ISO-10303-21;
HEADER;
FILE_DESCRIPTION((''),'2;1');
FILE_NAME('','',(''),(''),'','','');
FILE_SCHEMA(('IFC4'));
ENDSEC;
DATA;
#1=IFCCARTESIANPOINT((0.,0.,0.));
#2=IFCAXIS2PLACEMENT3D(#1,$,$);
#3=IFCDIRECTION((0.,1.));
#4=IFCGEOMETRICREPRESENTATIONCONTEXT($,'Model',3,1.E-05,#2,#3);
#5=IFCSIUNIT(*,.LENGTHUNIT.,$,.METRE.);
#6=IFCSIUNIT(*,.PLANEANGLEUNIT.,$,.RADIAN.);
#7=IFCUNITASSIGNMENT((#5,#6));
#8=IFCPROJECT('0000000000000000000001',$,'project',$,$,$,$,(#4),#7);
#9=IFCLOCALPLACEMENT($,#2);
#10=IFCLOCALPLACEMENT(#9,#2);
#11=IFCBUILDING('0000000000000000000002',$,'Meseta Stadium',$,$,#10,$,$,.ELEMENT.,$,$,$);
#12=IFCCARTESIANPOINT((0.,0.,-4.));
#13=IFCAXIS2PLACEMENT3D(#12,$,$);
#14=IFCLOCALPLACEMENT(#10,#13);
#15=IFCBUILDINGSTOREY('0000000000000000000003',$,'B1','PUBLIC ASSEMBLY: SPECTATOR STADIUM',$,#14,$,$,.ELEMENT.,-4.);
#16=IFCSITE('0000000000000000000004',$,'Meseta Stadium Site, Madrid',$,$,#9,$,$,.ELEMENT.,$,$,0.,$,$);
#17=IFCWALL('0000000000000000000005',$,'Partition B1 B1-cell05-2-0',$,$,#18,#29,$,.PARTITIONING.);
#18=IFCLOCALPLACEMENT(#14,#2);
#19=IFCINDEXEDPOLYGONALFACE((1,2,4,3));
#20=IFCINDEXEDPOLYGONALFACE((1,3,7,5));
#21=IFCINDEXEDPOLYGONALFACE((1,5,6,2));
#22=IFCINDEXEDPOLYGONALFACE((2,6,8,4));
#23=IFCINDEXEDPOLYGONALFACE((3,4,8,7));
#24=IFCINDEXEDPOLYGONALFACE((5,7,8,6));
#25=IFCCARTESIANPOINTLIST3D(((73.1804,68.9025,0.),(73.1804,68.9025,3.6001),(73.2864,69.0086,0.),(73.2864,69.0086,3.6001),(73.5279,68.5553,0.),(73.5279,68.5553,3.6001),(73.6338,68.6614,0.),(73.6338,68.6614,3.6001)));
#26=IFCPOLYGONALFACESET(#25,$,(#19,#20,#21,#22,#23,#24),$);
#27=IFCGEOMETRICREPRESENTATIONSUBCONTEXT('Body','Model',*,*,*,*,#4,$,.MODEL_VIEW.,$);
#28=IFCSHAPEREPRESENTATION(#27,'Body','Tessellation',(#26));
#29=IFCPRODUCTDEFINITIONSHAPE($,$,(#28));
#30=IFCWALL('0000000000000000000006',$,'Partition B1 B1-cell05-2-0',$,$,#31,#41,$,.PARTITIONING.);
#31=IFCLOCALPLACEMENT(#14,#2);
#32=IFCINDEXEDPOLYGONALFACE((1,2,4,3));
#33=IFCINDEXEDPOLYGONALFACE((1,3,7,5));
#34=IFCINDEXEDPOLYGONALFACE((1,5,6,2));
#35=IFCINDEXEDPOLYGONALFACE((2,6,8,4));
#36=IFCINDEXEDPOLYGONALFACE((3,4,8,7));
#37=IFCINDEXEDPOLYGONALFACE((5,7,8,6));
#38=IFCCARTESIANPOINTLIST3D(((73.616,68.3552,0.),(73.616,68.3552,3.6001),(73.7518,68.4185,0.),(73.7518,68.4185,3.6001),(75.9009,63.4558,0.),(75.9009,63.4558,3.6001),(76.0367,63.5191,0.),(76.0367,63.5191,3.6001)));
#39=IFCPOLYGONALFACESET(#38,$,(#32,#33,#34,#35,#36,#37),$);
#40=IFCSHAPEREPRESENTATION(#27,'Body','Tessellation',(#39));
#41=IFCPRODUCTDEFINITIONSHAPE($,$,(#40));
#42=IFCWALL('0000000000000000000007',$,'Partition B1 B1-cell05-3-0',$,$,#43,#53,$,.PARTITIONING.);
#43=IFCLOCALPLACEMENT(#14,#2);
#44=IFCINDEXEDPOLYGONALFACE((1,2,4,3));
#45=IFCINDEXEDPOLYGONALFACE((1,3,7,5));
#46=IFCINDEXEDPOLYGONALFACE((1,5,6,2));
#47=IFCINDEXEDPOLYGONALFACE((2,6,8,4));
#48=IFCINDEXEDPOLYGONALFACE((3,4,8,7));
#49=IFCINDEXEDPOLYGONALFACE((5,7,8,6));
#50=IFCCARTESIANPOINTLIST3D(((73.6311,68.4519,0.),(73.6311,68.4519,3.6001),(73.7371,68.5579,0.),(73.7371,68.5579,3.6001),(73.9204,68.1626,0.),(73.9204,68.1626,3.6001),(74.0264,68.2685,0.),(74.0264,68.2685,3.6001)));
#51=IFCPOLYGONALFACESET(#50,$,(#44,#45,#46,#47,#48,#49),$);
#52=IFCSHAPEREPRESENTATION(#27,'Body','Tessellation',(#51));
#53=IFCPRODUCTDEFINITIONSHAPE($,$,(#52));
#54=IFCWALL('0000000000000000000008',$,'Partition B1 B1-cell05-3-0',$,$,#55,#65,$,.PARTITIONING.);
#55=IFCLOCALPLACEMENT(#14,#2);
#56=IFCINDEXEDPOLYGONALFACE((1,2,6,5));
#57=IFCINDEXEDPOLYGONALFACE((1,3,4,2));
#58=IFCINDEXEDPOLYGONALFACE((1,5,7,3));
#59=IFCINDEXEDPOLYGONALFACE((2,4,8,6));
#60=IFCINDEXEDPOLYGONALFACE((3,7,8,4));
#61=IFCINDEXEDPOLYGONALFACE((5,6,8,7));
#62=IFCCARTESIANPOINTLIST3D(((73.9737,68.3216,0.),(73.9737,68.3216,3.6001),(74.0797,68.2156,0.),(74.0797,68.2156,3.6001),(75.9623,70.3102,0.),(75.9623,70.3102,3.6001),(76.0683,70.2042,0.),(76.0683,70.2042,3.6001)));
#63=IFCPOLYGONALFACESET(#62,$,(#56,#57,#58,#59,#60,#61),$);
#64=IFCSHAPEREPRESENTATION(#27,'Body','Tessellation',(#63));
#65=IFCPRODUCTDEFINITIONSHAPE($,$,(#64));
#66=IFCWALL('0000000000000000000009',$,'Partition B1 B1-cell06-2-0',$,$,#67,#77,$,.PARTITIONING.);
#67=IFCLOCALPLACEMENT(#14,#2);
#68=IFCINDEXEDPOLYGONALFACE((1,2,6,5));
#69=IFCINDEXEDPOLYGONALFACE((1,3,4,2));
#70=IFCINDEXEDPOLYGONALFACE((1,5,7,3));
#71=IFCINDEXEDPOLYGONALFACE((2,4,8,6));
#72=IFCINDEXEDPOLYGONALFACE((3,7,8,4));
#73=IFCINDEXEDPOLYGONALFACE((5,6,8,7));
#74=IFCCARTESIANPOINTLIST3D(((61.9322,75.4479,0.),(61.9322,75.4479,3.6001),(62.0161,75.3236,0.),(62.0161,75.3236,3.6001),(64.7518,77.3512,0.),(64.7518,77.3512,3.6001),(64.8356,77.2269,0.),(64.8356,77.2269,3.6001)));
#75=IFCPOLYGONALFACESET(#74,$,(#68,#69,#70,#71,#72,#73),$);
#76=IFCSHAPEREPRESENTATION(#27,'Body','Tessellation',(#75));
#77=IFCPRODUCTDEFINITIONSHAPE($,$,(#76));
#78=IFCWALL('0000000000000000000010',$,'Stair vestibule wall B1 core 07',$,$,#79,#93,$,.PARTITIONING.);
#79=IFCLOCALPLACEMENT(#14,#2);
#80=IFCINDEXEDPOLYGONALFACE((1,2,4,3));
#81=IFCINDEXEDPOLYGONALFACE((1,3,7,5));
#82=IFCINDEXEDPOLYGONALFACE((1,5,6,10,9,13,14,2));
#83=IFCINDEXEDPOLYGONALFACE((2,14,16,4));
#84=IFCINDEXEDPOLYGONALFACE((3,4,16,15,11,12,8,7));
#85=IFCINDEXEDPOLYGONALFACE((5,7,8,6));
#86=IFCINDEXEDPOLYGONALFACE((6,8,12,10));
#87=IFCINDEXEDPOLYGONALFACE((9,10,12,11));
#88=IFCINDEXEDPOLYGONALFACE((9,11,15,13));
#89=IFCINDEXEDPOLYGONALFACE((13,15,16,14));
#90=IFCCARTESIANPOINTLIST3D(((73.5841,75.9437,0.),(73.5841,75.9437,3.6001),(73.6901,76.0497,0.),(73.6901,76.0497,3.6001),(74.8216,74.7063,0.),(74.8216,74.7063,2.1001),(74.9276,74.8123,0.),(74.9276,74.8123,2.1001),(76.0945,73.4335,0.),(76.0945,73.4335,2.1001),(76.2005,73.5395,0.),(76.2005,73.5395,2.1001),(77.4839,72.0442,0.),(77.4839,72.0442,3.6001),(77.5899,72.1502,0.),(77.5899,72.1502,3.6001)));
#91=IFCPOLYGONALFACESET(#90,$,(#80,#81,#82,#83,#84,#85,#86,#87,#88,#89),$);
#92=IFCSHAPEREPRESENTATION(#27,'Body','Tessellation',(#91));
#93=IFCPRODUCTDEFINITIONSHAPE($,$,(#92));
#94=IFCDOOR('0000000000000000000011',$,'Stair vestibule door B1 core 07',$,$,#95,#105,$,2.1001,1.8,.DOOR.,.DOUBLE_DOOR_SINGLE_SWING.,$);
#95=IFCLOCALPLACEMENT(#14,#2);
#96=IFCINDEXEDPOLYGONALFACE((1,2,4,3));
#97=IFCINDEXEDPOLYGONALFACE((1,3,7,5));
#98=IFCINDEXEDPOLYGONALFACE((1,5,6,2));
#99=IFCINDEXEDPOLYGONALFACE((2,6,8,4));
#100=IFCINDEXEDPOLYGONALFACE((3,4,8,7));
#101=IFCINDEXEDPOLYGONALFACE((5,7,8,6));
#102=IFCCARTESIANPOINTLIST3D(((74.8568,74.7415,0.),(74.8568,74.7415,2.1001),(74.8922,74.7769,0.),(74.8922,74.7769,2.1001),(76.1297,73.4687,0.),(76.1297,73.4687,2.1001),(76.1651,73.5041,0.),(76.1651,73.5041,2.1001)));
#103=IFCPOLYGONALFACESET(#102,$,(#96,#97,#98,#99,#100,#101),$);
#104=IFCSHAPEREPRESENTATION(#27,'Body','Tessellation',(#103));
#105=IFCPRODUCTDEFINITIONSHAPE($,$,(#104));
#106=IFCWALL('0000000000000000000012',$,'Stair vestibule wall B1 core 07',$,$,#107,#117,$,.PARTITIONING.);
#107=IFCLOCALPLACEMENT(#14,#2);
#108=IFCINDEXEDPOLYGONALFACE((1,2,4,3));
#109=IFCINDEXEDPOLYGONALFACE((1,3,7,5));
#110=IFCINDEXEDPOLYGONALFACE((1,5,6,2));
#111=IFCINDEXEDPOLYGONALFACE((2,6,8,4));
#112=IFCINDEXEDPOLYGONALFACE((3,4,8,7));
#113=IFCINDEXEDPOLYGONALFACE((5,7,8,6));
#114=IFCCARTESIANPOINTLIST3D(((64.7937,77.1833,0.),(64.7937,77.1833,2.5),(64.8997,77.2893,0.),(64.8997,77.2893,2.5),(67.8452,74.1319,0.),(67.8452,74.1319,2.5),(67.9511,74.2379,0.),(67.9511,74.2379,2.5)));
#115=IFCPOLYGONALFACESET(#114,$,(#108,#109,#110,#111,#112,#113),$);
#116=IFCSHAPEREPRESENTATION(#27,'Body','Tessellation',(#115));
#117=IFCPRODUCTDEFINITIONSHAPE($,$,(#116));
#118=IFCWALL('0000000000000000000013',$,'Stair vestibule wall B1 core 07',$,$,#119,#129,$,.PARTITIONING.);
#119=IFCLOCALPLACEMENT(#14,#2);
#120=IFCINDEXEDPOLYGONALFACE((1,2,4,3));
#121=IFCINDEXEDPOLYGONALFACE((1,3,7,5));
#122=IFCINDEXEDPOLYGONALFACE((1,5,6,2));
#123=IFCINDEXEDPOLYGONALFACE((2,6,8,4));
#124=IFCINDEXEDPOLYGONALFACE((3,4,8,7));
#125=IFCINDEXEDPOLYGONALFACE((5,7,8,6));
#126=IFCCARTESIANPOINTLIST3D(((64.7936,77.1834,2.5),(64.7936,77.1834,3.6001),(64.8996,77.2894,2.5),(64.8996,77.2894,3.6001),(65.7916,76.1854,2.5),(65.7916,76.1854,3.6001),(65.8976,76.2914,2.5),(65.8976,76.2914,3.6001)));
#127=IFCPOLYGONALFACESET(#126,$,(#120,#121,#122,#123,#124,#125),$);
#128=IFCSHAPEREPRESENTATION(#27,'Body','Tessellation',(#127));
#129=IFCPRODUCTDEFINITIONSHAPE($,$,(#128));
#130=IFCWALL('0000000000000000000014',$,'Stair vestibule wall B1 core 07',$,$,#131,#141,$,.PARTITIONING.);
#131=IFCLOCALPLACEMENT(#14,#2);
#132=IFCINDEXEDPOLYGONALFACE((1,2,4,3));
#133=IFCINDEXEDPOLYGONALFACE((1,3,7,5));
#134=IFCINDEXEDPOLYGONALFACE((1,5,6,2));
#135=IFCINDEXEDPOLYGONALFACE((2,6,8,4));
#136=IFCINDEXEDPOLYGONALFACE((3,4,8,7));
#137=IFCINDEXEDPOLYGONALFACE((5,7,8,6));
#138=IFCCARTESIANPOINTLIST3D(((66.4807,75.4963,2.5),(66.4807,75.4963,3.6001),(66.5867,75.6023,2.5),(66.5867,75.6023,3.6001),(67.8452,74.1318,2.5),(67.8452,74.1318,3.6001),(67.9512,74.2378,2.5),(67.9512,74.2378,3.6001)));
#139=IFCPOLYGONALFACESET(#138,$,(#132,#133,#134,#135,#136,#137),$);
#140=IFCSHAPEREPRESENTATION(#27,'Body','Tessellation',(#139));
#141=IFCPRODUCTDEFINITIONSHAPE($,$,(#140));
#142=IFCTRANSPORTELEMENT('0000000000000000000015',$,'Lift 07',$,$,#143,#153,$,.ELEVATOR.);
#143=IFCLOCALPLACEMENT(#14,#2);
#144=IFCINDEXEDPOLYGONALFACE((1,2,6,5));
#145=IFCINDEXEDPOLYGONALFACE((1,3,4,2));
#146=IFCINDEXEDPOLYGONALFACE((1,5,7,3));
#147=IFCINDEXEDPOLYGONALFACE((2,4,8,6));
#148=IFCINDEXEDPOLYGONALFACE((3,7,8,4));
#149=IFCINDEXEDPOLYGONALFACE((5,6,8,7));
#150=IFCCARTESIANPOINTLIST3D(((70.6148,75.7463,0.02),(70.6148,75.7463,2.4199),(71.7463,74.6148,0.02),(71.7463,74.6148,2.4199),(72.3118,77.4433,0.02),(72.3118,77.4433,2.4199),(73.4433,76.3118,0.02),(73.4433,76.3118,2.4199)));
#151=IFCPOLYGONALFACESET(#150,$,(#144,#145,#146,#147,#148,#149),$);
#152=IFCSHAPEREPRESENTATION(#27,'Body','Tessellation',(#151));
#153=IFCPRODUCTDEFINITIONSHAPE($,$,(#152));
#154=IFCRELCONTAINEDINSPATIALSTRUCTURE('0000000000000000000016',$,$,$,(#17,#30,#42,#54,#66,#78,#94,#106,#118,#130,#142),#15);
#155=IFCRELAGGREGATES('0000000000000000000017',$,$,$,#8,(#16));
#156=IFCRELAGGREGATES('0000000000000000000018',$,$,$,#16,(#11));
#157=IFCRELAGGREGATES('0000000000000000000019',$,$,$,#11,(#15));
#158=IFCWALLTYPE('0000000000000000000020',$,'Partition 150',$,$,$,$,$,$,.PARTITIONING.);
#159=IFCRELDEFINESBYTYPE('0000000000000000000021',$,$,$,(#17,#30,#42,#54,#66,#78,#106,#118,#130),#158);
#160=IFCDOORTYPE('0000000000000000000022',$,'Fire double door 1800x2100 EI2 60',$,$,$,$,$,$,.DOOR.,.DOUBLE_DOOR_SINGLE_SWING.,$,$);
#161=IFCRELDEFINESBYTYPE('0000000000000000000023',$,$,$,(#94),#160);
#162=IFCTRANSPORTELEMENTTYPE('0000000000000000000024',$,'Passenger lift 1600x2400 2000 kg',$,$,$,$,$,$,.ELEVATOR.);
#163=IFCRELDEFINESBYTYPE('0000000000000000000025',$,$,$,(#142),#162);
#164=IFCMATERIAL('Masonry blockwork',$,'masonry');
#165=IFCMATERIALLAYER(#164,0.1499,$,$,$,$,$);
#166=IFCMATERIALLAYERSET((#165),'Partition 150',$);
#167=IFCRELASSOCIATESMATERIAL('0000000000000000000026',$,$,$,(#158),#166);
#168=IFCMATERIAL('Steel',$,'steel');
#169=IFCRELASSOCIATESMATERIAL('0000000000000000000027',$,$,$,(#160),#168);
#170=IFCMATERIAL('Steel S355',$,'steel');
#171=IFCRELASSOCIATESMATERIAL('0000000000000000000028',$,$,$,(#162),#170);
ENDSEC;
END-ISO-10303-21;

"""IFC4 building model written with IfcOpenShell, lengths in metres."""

from ifc_helpers import new_model, si_unit, direction, frame, frame_2d, origin, origin_2d, place, context, subcontext, project, spatial, rectangle, extrude, material, layer, layer_set, type_object, element, fill, save


model = new_model("IFC4")

# Units and contexts
model_context = context("Model", 3, precision=1e-05, world=origin(), true_north=direction((0.0, 1.0)))
body_context = subcontext(model_context, "Body", "Model", "MODEL_VIEW")
ifc_project = project(units=[si_unit("LENGTHUNIT", "METRE"), si_unit("PLANEANGLEUNIT", "RADIAN")], contexts=[model_context])

# Site, building, storey
site_placement = place(None, origin())
site = spatial("IfcSite", under=ifc_project, at=site_placement, Name="Meseta Stadium Site, Madrid", CompositionType="ELEMENT", RefElevation=0.0)
building_placement = place(site_placement, origin())
building = spatial("IfcBuilding", under=site, at=building_placement, Name="Meseta Stadium", CompositionType="ELEMENT")
storey_placement = place(building_placement, frame((0.0, 0.0, -4.0)))
storey = spatial("IfcBuildingStorey", under=building, at=storey_placement, Name="B1", Description="PUBLIC ASSEMBLY: SPECTATOR STADIUM", CompositionType="ELEMENT", Elevation=-4.0)

# Walls
ifc_material_1 = material(Name="Masonry blockwork", Category="masonry")
ifc_layer_1 = layer(ifc_material_1, 0.1499)
ifc_layer_set_1 = layer_set([ifc_layer_1], Name="Partition 150")
wall_type_1 = type_object("IfcWallType", Name="Partition 150", PredefinedType="PARTITIONING", material=ifc_layer_set_1)
wall_1_placement = place(storey_placement, frame((73.2334, 68.9556, 0.0), z_axis=(0.0, 0.0, 1.0), x_axis=(0.707355, -0.706858, 0.0)))
element("IfcWall", 1, at=wall_1_placement, inside=storey, type_object=wall_type_1, Name="Partition B1 B1-cell05-2-0", PredefinedType="PARTITIONING", context=body_context, shape_type="SweptSolid", body=[
    extrude(rectangle(XDim=0.4912, YDim=0.1499, at=frame_2d((0.2456, 0.0))), origin(), (0.0, 0.0, 1.0), 3.6001),
])
wall_2_placement = place(storey_placement, frame((73.6838, 68.387, 0.0), z_axis=(0.0, 0.0, 1.0), x_axis=(0.42266, -0.906288, 0.0)))
element("IfcWall", 2, at=wall_2_placement, inside=storey, type_object=wall_type_1, Name="Partition B1 B1-cell05-2-0", PredefinedType="PARTITIONING", context=body_context, shape_type="SweptSolid", body=[
    extrude(rectangle(XDim=5.406, YDim=0.1499, at=frame_2d((2.7031, 0.0))), origin(), (0.0, 0.0, 1.0), 3.6001),
])
wall_3_placement = place(storey_placement, frame((73.6841, 68.5049, 0.0), z_axis=(0.0, 0.0, 1.0), x_axis=(0.707107, -0.707107, 0.0)))
element("IfcWall", 3, at=wall_3_placement, inside=storey, type_object=wall_type_1, Name="Partition B1 B1-cell05-3-0", PredefinedType="PARTITIONING", context=body_context, shape_type="SweptSolid", body=[
    extrude(rectangle(XDim=0.4092, YDim=0.1499, at=frame_2d((0.2046, 0.0))), origin(), (0.0, 0.0, 1.0), 3.6001),
])
wall_4_placement = place(storey_placement, frame((74.0266, 68.2686, 0.0), z_axis=(0.0, 0.0, 1.0), x_axis=(0.707107, 0.707107, 0.0)))
element("IfcWall", 4, at=wall_4_placement, inside=storey, type_object=wall_type_1, Name="Partition B1 B1-cell05-3-0", PredefinedType="PARTITIONING", context=body_context, shape_type="SweptSolid", body=[
    extrude(rectangle(XDim=2.8123, YDim=0.1499, at=frame_2d((1.4062, 0.0))), origin(), (0.0, 0.0, 1.0), 3.6001),
])
wall_5_placement = place(storey_placement, frame((64.7937, 77.2891, 0.0), z_axis=(0.0, 0.0, 1.0), x_axis=(-0.828835, -0.559494, 0.0)))
element("IfcWall", 5, at=wall_5_placement, inside=storey, type_object=wall_type_1, Name="Partition B1 B1-cell06-2-0", PredefinedType="PARTITIONING", context=body_context, shape_type="SweptSolid", body=[
    extrude(rectangle(XDim=3.4019, YDim=0.1499, at=frame_2d((1.7009, 0.0))), origin(), (0.0, 0.0, 1.0), 3.6001),
])

# Wall, opening, door
wall_6_placement = place(storey_placement, frame((73.6372, 75.9966, 0.0), z_axis=(0.0, 0.0, 1.0), x_axis=(0.707129, -0.707085, 0.0)))
wall_6 = element("IfcWall", 6, at=wall_6_placement, inside=storey, type_object=wall_type_1, Name="Stair vestibule wall B1 core 07", PredefinedType="PARTITIONING", context=body_context, shape_type="SweptSolid", body=[
    extrude(rectangle(XDim=5.5149, YDim=0.1499, at=frame_2d((2.7573, 0.0))), origin(), (0.0, 0.0, 1.0), 3.6001),
])
opening_1_placement = place(wall_6_placement, frame((1.75, 0.0, 0.0)))
opening_1 = element("IfcOpeningElement", 7, at=opening_1_placement, cuts=wall_6, PredefinedType="OPENING", context=body_context, shape_type="SweptSolid", body=[
    extrude(rectangle(XDim=1.8, YDim=2.1001, at=frame_2d((0.8999, 1.05))), frame((0.0, 0.085, 0.0), z_axis=(0.0, -1.0, 0.0), x_axis=(1.0, 0.0, 0.0)), (0.0, 0.0, 1.0), 0.1699),
])
ifc_material_2 = material(Name="Steel", Category="steel")
door_type_1 = type_object("IfcDoorType", Name="Fire double door 1800x2100 EI2 60", OperationType="DOUBLE_DOOR_SINGLE_SWING", PredefinedType="DOOR", material=ifc_material_2)
door_1_placement = place(opening_1_placement, origin())
door_1 = element("IfcDoor", 8, at=door_1_placement, inside=storey, type_object=door_type_1, Name="Stair vestibule door B1 core 07", OperationType="DOUBLE_DOOR_SINGLE_SWING", OverallHeight=2.1001, OverallWidth=1.8, PredefinedType="DOOR", context=body_context, shape_type="SweptSolid", body=[
    extrude(rectangle(XDim=1.8, YDim=2.1001, at=frame_2d((0.8999, 1.05))), frame((0.0, 0.0249, 0.0), z_axis=(0.0, -1.0, 0.0), x_axis=(1.0, 0.0, 0.0)), (0.0, 0.0, 1.0), 0.05),
])
fill(opening_1, door_1)

# Walls
wall_7_placement = place(storey_placement, frame((64.8467, 77.2363, 0.0), z_axis=(0.0, 0.0, 1.0), x_axis=(0.707107, -0.707107, 0.0)))
element("IfcWall", 9, at=wall_7_placement, inside=storey, type_object=wall_type_1, Name="Stair vestibule wall B1 core 07", PredefinedType="PARTITIONING", context=body_context, shape_type="SweptSolid", body=[
    extrude(rectangle(XDim=4.3154, YDim=0.1499, at=frame_2d((2.1577, 0.0))), origin(), (0.0, 0.0, 1.0), 2.5),
])
wall_8_placement = place(storey_placement, frame((64.8467, 77.2363, 2.5), z_axis=(0.0, 0.0, 1.0), x_axis=(0.707107, -0.707107, 0.0)))
element("IfcWall", 10, at=wall_8_placement, inside=storey, type_object=wall_type_1, Name="Stair vestibule wall B1 core 07", PredefinedType="PARTITIONING", context=body_context, shape_type="SweptSolid", body=[
    extrude(rectangle(XDim=1.4114, YDim=0.1499, at=frame_2d((0.7056, 0.0))), origin(), (0.0, 0.0, 1.0), 1.1001),
])
wall_9_placement = place(storey_placement, frame((66.5337, 75.5493, 2.5), z_axis=(0.0, 0.0, 1.0), x_axis=(0.707107, -0.707107, 0.0)))
element("IfcWall", 11, at=wall_9_placement, inside=storey, type_object=wall_type_1, Name="Stair vestibule wall B1 core 07", PredefinedType="PARTITIONING", context=body_context, shape_type="SweptSolid", body=[
    extrude(rectangle(XDim=1.9297, YDim=0.1499, at=frame_2d((0.9648, 0.0))), origin(), (0.0, 0.0, 1.0), 1.1001),
])

# Transport element
ifc_material_3 = material(Name="Steel S355", Category="steel")
transport_element_type = type_object("IfcTransportElementType", Name="Passenger lift 1600x2400 2000 kg", PredefinedType="ELEVATOR", material=ifc_material_3)
transport_element_placement = place(storey_placement, frame((72.0291, 76.0291, 0.02), z_axis=(0.0, 0.0, 1.0), x_axis=(-0.707107, -0.707107, 0.0)))
element("IfcTransportElement", 12, at=transport_element_placement, inside=storey, type_object=transport_element_type, Name="Lift 07", PredefinedType="ELEVATOR", context=body_context, shape_type="SweptSolid", body=[
    extrude(rectangle(XDim=2.3999, YDim=1.6001, at=origin_2d()), origin(), (0.0, 0.0, 1.0), 2.3999),
])

save(model, "model.ifc")
